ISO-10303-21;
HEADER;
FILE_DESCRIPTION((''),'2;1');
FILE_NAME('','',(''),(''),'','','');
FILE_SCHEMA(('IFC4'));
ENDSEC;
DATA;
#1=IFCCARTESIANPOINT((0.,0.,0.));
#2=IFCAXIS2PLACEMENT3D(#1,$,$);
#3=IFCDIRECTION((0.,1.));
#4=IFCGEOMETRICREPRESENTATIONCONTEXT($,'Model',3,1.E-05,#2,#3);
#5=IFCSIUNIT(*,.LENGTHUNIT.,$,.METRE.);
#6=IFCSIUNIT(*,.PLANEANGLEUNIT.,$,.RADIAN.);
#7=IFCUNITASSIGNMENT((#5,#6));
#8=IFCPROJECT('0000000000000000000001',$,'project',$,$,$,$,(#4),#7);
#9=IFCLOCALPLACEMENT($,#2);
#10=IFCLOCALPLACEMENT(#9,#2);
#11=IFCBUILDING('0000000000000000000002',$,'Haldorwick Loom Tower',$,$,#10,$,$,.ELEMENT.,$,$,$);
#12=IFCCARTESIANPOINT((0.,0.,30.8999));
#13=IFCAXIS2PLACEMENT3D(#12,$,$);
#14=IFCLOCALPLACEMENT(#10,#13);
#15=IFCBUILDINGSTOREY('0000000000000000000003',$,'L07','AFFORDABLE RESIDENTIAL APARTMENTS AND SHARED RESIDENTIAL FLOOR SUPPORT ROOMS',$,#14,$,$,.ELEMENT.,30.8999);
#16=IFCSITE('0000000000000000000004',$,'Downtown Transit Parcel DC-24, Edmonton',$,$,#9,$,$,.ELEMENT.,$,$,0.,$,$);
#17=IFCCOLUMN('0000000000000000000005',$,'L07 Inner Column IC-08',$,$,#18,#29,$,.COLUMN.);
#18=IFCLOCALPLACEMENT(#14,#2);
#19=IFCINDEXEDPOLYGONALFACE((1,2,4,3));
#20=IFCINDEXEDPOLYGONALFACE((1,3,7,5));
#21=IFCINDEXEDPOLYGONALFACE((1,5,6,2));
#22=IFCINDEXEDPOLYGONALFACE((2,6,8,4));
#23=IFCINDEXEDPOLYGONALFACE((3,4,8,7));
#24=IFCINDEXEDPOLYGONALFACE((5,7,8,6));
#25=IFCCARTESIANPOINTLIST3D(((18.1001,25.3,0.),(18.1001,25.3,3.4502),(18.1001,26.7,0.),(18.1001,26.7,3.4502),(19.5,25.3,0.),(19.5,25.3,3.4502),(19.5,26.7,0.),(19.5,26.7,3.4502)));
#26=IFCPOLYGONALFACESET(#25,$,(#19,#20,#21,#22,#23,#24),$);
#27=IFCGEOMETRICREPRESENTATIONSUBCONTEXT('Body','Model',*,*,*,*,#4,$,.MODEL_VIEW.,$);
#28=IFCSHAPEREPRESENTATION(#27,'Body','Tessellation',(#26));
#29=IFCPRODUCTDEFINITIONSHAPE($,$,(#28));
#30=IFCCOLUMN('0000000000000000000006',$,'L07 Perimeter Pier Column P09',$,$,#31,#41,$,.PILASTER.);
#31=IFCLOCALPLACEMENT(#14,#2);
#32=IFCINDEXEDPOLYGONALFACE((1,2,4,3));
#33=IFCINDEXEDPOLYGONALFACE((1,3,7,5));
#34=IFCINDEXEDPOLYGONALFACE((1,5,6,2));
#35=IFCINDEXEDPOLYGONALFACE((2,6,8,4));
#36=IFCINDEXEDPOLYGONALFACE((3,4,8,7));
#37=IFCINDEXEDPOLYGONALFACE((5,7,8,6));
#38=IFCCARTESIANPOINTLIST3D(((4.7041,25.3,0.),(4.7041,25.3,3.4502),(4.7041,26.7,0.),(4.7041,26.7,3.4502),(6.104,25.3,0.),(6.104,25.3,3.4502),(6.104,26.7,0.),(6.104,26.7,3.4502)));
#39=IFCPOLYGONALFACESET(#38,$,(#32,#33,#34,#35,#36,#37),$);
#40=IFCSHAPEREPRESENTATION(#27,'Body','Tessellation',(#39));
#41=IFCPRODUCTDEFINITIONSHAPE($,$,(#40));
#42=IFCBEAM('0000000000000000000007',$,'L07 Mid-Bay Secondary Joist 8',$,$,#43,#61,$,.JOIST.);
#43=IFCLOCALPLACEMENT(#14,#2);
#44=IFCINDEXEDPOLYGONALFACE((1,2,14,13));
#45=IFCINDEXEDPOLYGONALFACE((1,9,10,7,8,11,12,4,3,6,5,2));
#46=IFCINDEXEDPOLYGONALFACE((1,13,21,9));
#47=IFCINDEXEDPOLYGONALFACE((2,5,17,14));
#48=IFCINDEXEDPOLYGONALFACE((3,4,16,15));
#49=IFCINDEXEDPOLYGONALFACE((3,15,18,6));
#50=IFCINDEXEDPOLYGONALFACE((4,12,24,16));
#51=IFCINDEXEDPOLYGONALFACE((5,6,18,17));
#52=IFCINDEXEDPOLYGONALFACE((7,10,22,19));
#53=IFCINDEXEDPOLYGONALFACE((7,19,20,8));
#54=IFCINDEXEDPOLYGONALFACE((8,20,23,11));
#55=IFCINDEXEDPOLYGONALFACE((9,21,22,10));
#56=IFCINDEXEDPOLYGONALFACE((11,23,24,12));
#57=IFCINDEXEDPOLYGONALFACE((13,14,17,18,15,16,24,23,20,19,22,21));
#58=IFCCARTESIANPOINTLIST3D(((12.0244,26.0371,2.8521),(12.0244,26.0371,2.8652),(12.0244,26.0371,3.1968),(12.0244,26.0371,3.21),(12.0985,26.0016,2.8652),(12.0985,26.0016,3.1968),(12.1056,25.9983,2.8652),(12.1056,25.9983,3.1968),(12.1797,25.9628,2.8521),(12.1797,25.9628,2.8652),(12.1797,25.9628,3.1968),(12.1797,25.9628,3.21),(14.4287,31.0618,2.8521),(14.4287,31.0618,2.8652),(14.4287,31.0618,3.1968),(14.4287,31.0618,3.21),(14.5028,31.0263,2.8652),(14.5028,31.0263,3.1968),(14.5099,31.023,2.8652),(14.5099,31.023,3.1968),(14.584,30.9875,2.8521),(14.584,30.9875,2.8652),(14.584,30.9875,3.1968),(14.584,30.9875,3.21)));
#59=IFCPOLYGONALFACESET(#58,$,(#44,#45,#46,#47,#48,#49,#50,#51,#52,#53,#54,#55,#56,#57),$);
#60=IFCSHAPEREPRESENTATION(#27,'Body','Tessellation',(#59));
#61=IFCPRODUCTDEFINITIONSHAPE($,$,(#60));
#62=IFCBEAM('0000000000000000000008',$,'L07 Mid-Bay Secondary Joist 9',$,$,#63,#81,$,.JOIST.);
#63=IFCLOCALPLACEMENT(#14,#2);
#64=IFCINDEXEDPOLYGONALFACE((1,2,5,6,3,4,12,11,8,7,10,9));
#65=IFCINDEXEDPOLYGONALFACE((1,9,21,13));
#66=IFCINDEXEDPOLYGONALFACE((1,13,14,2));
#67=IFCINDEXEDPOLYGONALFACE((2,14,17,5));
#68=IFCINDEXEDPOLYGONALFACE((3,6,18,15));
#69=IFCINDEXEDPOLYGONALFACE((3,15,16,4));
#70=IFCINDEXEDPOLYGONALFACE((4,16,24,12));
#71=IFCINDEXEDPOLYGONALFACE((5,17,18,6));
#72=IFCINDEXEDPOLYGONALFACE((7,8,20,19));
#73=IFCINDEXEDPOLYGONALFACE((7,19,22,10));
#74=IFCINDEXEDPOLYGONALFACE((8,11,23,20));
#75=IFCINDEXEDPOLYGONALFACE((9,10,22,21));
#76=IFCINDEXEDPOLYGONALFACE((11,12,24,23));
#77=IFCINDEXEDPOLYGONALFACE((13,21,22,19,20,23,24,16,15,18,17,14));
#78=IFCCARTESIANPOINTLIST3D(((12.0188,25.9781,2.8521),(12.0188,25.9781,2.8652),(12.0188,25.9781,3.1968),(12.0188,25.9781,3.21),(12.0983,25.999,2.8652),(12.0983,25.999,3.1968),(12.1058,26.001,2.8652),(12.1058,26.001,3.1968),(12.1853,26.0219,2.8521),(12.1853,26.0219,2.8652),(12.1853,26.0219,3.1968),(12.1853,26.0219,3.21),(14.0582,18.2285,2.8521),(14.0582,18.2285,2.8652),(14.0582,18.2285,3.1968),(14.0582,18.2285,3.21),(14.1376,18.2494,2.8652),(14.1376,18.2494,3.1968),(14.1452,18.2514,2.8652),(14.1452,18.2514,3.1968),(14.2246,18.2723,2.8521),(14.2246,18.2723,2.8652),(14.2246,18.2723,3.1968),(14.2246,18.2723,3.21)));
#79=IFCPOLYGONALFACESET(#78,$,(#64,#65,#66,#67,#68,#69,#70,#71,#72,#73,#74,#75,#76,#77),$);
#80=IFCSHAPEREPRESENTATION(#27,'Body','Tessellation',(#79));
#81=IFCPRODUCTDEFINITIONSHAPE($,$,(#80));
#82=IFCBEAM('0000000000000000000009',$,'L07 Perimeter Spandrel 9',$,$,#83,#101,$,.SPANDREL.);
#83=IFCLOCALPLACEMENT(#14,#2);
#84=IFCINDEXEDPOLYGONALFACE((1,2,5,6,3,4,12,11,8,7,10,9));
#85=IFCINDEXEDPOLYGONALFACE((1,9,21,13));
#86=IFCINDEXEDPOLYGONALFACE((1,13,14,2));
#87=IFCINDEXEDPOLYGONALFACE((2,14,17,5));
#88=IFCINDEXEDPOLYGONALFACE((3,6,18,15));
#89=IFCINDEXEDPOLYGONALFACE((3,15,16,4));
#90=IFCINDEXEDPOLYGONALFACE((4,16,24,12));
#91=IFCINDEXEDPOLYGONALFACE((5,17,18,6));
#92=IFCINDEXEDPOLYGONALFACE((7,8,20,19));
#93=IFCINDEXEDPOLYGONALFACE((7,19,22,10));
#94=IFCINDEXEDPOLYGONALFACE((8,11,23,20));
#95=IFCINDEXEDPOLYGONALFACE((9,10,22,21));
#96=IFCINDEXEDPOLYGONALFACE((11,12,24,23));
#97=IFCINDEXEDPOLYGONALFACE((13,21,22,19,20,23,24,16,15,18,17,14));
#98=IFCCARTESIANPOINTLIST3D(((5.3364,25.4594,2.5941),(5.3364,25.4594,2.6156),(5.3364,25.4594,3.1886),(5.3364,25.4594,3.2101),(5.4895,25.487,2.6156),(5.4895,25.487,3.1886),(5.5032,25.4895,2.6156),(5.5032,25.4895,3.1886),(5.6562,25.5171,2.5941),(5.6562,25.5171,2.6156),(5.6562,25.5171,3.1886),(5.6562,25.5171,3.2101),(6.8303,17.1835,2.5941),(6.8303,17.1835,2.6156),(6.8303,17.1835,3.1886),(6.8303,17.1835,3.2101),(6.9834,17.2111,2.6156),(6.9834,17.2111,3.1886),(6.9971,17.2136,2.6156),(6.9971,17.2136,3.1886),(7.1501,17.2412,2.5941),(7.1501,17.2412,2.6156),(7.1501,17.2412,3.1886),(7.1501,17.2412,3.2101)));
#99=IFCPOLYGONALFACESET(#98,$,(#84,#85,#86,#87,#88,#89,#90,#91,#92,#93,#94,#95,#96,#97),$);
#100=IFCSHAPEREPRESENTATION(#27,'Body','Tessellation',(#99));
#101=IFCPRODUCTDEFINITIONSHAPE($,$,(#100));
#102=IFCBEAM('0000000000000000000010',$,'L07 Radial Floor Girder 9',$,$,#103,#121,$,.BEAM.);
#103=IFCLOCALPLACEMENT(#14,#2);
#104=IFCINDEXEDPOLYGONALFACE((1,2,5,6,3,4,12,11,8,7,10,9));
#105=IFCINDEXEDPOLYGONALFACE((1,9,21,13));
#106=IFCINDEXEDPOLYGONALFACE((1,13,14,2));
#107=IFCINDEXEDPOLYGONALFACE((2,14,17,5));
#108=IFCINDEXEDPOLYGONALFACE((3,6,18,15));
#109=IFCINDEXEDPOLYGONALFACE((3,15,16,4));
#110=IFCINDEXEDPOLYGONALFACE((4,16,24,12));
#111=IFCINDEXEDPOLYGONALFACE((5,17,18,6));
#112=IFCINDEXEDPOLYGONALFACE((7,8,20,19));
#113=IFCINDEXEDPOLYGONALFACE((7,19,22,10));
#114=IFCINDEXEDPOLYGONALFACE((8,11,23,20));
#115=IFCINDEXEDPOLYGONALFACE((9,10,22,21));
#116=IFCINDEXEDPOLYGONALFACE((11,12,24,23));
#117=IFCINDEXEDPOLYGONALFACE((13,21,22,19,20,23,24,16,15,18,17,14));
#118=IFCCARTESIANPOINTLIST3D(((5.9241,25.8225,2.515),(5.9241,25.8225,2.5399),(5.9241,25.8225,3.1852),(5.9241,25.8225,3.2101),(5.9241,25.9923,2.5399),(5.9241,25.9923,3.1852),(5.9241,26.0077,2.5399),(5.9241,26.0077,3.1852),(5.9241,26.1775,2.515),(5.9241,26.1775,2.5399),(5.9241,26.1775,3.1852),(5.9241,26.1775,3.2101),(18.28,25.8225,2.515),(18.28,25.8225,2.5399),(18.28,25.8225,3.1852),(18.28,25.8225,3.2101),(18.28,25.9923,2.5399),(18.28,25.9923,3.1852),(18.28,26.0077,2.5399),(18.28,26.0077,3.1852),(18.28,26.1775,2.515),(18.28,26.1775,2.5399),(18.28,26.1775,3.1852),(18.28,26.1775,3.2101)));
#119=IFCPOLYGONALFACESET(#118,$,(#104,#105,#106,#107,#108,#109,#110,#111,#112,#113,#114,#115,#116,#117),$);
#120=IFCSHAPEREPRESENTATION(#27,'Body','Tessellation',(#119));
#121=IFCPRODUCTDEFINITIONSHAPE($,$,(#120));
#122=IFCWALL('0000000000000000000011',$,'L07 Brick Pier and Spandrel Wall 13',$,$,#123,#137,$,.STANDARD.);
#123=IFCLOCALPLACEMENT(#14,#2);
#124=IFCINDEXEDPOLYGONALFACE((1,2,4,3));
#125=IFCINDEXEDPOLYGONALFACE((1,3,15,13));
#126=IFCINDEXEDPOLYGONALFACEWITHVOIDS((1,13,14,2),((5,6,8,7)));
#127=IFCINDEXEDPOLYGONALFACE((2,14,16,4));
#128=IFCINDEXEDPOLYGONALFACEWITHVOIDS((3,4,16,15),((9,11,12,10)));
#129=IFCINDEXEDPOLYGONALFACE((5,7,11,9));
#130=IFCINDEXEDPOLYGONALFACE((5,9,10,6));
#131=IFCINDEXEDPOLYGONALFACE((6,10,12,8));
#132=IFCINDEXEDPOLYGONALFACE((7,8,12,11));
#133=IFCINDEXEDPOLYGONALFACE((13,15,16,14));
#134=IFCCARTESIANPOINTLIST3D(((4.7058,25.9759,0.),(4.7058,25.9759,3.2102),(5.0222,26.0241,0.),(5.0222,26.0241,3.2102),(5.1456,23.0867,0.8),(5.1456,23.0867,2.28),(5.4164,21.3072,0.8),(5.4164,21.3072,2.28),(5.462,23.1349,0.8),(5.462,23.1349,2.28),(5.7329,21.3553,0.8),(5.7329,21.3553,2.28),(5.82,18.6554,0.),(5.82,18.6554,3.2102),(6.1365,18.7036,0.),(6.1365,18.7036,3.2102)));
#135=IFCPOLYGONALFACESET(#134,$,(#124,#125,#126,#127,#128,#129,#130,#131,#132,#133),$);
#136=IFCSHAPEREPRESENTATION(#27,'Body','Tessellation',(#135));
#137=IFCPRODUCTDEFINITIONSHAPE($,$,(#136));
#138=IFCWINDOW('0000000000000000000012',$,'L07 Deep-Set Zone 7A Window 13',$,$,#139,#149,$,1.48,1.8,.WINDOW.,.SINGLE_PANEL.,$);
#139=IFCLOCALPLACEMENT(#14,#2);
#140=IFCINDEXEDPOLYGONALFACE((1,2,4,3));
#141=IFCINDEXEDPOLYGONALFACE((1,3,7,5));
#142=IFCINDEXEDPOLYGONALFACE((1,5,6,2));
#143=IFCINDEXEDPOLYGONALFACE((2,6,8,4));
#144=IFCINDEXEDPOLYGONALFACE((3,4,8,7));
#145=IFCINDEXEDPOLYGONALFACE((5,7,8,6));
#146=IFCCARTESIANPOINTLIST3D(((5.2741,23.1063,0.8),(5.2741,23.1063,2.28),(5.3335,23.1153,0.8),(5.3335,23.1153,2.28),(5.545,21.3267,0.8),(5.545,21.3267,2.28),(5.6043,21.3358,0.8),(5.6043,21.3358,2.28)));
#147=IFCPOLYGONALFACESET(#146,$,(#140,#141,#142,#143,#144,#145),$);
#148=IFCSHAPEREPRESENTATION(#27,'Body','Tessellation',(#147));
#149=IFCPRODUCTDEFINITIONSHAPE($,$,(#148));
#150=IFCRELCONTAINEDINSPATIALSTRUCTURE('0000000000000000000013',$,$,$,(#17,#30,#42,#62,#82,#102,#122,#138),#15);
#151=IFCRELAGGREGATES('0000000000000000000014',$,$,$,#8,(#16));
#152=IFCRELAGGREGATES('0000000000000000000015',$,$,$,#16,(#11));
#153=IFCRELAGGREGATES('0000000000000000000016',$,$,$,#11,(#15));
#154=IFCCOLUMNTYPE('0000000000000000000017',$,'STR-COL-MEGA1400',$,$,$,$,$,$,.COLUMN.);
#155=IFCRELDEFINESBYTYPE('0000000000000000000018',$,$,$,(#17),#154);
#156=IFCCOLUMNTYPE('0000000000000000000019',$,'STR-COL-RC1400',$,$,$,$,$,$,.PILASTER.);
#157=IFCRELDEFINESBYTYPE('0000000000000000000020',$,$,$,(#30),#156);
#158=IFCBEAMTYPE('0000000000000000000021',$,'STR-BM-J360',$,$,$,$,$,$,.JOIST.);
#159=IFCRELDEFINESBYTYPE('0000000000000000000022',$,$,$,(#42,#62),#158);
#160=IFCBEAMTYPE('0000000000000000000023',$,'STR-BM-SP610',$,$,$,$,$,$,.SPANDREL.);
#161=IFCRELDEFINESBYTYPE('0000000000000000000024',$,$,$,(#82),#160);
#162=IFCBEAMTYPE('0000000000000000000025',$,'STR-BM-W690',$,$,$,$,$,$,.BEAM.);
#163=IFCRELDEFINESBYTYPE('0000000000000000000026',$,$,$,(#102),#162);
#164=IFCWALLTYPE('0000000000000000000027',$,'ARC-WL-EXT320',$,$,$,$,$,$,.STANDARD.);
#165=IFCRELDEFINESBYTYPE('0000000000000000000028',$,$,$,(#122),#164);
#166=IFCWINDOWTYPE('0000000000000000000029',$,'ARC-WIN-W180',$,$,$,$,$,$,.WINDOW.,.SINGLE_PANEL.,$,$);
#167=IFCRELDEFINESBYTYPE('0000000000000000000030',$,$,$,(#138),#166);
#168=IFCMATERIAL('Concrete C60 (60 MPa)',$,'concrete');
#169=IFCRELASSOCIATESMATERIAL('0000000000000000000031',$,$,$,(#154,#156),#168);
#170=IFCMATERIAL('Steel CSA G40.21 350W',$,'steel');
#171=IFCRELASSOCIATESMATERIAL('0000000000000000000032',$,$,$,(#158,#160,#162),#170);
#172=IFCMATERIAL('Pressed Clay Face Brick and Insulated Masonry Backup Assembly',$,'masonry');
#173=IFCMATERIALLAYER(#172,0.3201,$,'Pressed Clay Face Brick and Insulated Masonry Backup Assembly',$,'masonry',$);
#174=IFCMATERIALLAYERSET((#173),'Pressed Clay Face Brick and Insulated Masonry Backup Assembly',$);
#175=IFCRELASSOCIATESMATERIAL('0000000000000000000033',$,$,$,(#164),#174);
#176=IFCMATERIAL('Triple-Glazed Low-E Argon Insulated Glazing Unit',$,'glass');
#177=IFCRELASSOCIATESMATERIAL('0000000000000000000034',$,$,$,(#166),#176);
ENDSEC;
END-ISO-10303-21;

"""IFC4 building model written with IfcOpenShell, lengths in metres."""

from ifc_helpers import new_model, si_unit, direction, frame, frame_2d, origin, origin_2d, place, context, subcontext, project, spatial, rectangle, i_section, extrude, material, layer, layer_set, material_profile, profile_set, type_object, element, fill, save


model = new_model("IFC4")

# Units and contexts
model_context = context("Model", 3, precision=1e-05, world=origin(), true_north=direction((0.0, 1.0)))
body_context = subcontext(model_context, "Body", "Model", "MODEL_VIEW")
ifc_project = project(units=[si_unit("LENGTHUNIT", "METRE"), si_unit("PLANEANGLEUNIT", "RADIAN")], contexts=[model_context])

# Site, building, storey
site_placement = place(None, origin())
site = spatial("IfcSite", under=ifc_project, at=site_placement, Name="Downtown Transit Parcel DC-24, Edmonton", CompositionType="ELEMENT", RefElevation=0.0)
building_placement = place(site_placement, origin())
building = spatial("IfcBuilding", under=site, at=building_placement, Name="Haldorwick Loom Tower", CompositionType="ELEMENT")
storey_placement = place(building_placement, frame((0.0, 0.0, 30.8999)))
storey = spatial("IfcBuildingStorey", under=building, at=storey_placement, Name="L07", Description="AFFORDABLE RESIDENTIAL APARTMENTS AND SHARED RESIDENTIAL FLOOR SUPPORT ROOMS", CompositionType="ELEMENT", Elevation=30.8999)

# Columns
ifc_material_1 = material(Name="Concrete C60 (60 MPa)", Category="concrete")
ifc_material_profile_1 = material_profile(ifc_material_1, rectangle(XDim=1.3999, YDim=1.3999, at=origin_2d()), Name="RC1400X1400", Category="concrete")
ifc_profile_set_1 = profile_set([ifc_material_profile_1], Name="Concrete C60 (60 MPa)")
column_type_1 = type_object("IfcColumnType", Name="STR-COL-MEGA1400", PredefinedType="COLUMN", material=ifc_profile_set_1)
column_1_placement = place(storey_placement, frame((18.8, 26.0, 0.0), z_axis=(0.0, 0.0, 1.0), x_axis=(1.0, 0.0, 0.0)))
element("IfcColumn", 1, at=column_1_placement, inside=storey, type_object=column_type_1, Name="L07 Inner Column IC-08", PredefinedType="COLUMN", context=body_context, shape_type="SweptSolid", body=[
    extrude(rectangle(XDim=1.3999, YDim=1.3999, at=origin_2d()), origin(), (0.0, 0.0, 1.0), 3.4502),
])
ifc_material_profile_2 = material_profile(ifc_material_1, rectangle(XDim=1.3999, YDim=1.3999, at=origin_2d()), Name="RC1400X1400", Category="concrete")
ifc_profile_set_2 = profile_set([ifc_material_profile_2], Name="Concrete C60 (60 MPa)")
column_type_2 = type_object("IfcColumnType", Name="STR-COL-RC1400", PredefinedType="PILASTER", material=ifc_profile_set_2)
column_2_placement = place(storey_placement, frame((5.4041, 26.0, 0.0), z_axis=(0.0, 0.0, 1.0), x_axis=(-1.0, 0.0, 0.0)))
element("IfcColumn", 2, at=column_2_placement, inside=storey, type_object=column_type_2, Name="L07 Perimeter Pier Column P09", PredefinedType="PILASTER", context=body_context, shape_type="SweptSolid", body=[
    extrude(rectangle(XDim=1.3999, YDim=1.3999, at=origin_2d()), origin(), (0.0, 0.0, 1.0), 3.4502),
])

# Beams
ifc_material_2 = material(Name="Steel CSA G40.21 350W", Category="steel")
ifc_material_profile_3 = material_profile(ifc_material_2, i_section(OverallWidth=0.1721, OverallDepth=0.3579, WebThickness=0.0078, FlangeThickness=0.0132, at=origin_2d()), Name="W360X57", Category="steel")
ifc_profile_set_3 = profile_set([ifc_material_profile_3], Name="Steel CSA G40.21 350W")
beam_type_1 = type_object("IfcBeamType", Name="STR-BM-J360", PredefinedType="JOIST", material=ifc_profile_set_3)
beam_1_placement = place(storey_placement, frame((14.5063, 31.0247, 3.031), z_axis=(-0.431631, -0.90205, 0.0), x_axis=(0.90205, -0.431631, 0.0)))
element("IfcBeam", 3, at=beam_1_placement, inside=storey, type_object=beam_type_1, Name="L07 Mid-Bay Secondary Joist 8", PredefinedType="JOIST", context=body_context, shape_type="SweptSolid", body=[
    extrude(i_section(OverallWidth=0.1721, OverallDepth=0.3579, WebThickness=0.0078, FlangeThickness=0.0132, at=origin_2d()), origin(), (0.0, 0.0, 1.0), 5.5703),
])
beam_2_placement = place(storey_placement, frame((12.1021, 26.0, 3.031), z_axis=(0.254489, -0.967076, 0.0), x_axis=(0.967076, 0.254489, 0.0)))
element("IfcBeam", 4, at=beam_2_placement, inside=storey, type_object=beam_type_1, Name="L07 Mid-Bay Secondary Joist 9", PredefinedType="JOIST", context=body_context, shape_type="SweptSolid", body=[
    extrude(i_section(OverallWidth=0.1721, OverallDepth=0.3579, WebThickness=0.0078, FlangeThickness=0.0132, at=origin_2d()), origin(), (0.0, 0.0, 1.0), 8.0134),
])
ifc_material_profile_4 = material_profile(ifc_material_2, i_section(OverallWidth=0.325, OverallDepth=0.616, WebThickness=0.0139, FlangeThickness=0.0215, at=origin_2d()), Name="W610X174", Category="steel")
ifc_profile_set_4 = profile_set([ifc_material_profile_4], Name="Steel CSA G40.21 350W")
beam_type_2 = type_object("IfcBeamType", Name="STR-BM-SP610", PredefinedType="SPANDREL", material=ifc_profile_set_4)
beam_3_placement = place(storey_placement, frame((5.4963, 25.4883, 2.9021), z_axis=(0.177641, -0.984095, 0.0), x_axis=(0.984095, 0.177641, 0.0)))
element("IfcBeam", 5, at=beam_3_placement, inside=storey, type_object=beam_type_2, Name="L07 Perimeter Spandrel 9", PredefinedType="SPANDREL", context=body_context, shape_type="SweptSolid", body=[
    extrude(i_section(OverallWidth=0.325, OverallDepth=0.616, WebThickness=0.0139, FlangeThickness=0.0215, at=origin_2d()), origin(), (0.0, 0.0, 1.0), 8.4097),
])
ifc_material_profile_5 = material_profile(ifc_material_2, i_section(OverallWidth=0.355, OverallDepth=0.6951, WebThickness=0.0154, FlangeThickness=0.0249, at=origin_2d()), Name="W690X217", Category="steel")
ifc_profile_set_5 = profile_set([ifc_material_profile_5], Name="Steel CSA G40.21 350W")
beam_type_3 = type_object("IfcBeamType", Name="STR-BM-W690", PredefinedType="BEAM", material=ifc_profile_set_5)
beam_4_placement = place(storey_placement, frame((18.28, 26.0, 2.8625), z_axis=(-1.0, 0.0, 0.0), x_axis=(0.0, -1.0, 0.0)))
element("IfcBeam", 6, at=beam_4_placement, inside=storey, type_object=beam_type_3, Name="L07 Radial Floor Girder 9", PredefinedType="BEAM", context=body_context, shape_type="SweptSolid", body=[
    extrude(i_section(OverallWidth=0.355, OverallDepth=0.6951, WebThickness=0.0154, FlangeThickness=0.0249, at=origin_2d()), origin(), (0.0, 0.0, 1.0), 12.356),
])

# Wall, opening, window
ifc_material_3 = material(Name="Pressed Clay Face Brick and Insulated Masonry Backup Assembly", Category="masonry")
ifc_layer_1 = layer(ifc_material_3, 0.3201, Name="Pressed Clay Face Brick and Insulated Masonry Backup Assembly", Category="masonry")
ifc_layer_set_1 = layer_set([ifc_layer_1], Name="Pressed Clay Face Brick and Insulated Masonry Backup Assembly")
wall_type_1 = type_object("IfcWallType", Name="ARC-WL-EXT320", PredefinedType="STANDARD", material=ifc_layer_set_1)
wall_1_placement = place(storey_placement, frame((4.864, 26.0, 0.0), z_axis=(0.0, 0.0, 1.0), x_axis=(0.150476, -0.988614, 0.0)))
wall_1 = element("IfcWall", 7, at=wall_1_placement, inside=storey, type_object=wall_type_1, Name="L07 Brick Pier and Spandrel Wall 13", PredefinedType="STANDARD", context=body_context, shape_type="SweptSolid", body=[
    extrude(rectangle(XDim=7.4048, YDim=0.3201, at=frame_2d((3.7024, 0.0))), origin(), (0.0, 0.0, 1.0), 3.2102),
])
opening_1_placement = place(wall_1_placement, frame((2.9226, 0.0, 0.8)))
opening_1 = element("IfcOpeningElement", 8, at=opening_1_placement, cuts=wall_1, PredefinedType="OPENING", context=body_context, shape_type="SweptSolid", body=[
    extrude(rectangle(XDim=1.8, YDim=1.48, at=frame_2d((0.8999, 0.74))), frame((0.0, 0.1699, 0.0), z_axis=(0.0, -1.0, 0.0), x_axis=(1.0, 0.0, 0.0)), (0.0, 0.0, 1.0), 0.3401),
])
ifc_material_4 = material(Name="Triple-Glazed Low-E Argon Insulated Glazing Unit", Category="glass")
window_type = type_object("IfcWindowType", Name="ARC-WIN-W180", PartitioningType="SINGLE_PANEL", PredefinedType="WINDOW", material=ifc_material_4)
window_placement = place(opening_1_placement, origin())
window = element("IfcWindow", 9, at=window_placement, inside=storey, type_object=window_type, Name="L07 Deep-Set Zone 7A Window 13", OverallHeight=1.48, OverallWidth=1.8, PartitioningType="SINGLE_PANEL", PredefinedType="WINDOW", context=body_context, shape_type="SweptSolid", body=[
    extrude(rectangle(XDim=1.8, YDim=1.48, at=frame_2d((0.8999, 0.74))), frame((0.0, 0.03, 0.0), z_axis=(0.0, -1.0, 0.0), x_axis=(1.0, 0.0, 0.0)), (0.0, 0.0, 1.0), 0.0601),
])
fill(opening_1, window)

save(model, "model.ifc")
